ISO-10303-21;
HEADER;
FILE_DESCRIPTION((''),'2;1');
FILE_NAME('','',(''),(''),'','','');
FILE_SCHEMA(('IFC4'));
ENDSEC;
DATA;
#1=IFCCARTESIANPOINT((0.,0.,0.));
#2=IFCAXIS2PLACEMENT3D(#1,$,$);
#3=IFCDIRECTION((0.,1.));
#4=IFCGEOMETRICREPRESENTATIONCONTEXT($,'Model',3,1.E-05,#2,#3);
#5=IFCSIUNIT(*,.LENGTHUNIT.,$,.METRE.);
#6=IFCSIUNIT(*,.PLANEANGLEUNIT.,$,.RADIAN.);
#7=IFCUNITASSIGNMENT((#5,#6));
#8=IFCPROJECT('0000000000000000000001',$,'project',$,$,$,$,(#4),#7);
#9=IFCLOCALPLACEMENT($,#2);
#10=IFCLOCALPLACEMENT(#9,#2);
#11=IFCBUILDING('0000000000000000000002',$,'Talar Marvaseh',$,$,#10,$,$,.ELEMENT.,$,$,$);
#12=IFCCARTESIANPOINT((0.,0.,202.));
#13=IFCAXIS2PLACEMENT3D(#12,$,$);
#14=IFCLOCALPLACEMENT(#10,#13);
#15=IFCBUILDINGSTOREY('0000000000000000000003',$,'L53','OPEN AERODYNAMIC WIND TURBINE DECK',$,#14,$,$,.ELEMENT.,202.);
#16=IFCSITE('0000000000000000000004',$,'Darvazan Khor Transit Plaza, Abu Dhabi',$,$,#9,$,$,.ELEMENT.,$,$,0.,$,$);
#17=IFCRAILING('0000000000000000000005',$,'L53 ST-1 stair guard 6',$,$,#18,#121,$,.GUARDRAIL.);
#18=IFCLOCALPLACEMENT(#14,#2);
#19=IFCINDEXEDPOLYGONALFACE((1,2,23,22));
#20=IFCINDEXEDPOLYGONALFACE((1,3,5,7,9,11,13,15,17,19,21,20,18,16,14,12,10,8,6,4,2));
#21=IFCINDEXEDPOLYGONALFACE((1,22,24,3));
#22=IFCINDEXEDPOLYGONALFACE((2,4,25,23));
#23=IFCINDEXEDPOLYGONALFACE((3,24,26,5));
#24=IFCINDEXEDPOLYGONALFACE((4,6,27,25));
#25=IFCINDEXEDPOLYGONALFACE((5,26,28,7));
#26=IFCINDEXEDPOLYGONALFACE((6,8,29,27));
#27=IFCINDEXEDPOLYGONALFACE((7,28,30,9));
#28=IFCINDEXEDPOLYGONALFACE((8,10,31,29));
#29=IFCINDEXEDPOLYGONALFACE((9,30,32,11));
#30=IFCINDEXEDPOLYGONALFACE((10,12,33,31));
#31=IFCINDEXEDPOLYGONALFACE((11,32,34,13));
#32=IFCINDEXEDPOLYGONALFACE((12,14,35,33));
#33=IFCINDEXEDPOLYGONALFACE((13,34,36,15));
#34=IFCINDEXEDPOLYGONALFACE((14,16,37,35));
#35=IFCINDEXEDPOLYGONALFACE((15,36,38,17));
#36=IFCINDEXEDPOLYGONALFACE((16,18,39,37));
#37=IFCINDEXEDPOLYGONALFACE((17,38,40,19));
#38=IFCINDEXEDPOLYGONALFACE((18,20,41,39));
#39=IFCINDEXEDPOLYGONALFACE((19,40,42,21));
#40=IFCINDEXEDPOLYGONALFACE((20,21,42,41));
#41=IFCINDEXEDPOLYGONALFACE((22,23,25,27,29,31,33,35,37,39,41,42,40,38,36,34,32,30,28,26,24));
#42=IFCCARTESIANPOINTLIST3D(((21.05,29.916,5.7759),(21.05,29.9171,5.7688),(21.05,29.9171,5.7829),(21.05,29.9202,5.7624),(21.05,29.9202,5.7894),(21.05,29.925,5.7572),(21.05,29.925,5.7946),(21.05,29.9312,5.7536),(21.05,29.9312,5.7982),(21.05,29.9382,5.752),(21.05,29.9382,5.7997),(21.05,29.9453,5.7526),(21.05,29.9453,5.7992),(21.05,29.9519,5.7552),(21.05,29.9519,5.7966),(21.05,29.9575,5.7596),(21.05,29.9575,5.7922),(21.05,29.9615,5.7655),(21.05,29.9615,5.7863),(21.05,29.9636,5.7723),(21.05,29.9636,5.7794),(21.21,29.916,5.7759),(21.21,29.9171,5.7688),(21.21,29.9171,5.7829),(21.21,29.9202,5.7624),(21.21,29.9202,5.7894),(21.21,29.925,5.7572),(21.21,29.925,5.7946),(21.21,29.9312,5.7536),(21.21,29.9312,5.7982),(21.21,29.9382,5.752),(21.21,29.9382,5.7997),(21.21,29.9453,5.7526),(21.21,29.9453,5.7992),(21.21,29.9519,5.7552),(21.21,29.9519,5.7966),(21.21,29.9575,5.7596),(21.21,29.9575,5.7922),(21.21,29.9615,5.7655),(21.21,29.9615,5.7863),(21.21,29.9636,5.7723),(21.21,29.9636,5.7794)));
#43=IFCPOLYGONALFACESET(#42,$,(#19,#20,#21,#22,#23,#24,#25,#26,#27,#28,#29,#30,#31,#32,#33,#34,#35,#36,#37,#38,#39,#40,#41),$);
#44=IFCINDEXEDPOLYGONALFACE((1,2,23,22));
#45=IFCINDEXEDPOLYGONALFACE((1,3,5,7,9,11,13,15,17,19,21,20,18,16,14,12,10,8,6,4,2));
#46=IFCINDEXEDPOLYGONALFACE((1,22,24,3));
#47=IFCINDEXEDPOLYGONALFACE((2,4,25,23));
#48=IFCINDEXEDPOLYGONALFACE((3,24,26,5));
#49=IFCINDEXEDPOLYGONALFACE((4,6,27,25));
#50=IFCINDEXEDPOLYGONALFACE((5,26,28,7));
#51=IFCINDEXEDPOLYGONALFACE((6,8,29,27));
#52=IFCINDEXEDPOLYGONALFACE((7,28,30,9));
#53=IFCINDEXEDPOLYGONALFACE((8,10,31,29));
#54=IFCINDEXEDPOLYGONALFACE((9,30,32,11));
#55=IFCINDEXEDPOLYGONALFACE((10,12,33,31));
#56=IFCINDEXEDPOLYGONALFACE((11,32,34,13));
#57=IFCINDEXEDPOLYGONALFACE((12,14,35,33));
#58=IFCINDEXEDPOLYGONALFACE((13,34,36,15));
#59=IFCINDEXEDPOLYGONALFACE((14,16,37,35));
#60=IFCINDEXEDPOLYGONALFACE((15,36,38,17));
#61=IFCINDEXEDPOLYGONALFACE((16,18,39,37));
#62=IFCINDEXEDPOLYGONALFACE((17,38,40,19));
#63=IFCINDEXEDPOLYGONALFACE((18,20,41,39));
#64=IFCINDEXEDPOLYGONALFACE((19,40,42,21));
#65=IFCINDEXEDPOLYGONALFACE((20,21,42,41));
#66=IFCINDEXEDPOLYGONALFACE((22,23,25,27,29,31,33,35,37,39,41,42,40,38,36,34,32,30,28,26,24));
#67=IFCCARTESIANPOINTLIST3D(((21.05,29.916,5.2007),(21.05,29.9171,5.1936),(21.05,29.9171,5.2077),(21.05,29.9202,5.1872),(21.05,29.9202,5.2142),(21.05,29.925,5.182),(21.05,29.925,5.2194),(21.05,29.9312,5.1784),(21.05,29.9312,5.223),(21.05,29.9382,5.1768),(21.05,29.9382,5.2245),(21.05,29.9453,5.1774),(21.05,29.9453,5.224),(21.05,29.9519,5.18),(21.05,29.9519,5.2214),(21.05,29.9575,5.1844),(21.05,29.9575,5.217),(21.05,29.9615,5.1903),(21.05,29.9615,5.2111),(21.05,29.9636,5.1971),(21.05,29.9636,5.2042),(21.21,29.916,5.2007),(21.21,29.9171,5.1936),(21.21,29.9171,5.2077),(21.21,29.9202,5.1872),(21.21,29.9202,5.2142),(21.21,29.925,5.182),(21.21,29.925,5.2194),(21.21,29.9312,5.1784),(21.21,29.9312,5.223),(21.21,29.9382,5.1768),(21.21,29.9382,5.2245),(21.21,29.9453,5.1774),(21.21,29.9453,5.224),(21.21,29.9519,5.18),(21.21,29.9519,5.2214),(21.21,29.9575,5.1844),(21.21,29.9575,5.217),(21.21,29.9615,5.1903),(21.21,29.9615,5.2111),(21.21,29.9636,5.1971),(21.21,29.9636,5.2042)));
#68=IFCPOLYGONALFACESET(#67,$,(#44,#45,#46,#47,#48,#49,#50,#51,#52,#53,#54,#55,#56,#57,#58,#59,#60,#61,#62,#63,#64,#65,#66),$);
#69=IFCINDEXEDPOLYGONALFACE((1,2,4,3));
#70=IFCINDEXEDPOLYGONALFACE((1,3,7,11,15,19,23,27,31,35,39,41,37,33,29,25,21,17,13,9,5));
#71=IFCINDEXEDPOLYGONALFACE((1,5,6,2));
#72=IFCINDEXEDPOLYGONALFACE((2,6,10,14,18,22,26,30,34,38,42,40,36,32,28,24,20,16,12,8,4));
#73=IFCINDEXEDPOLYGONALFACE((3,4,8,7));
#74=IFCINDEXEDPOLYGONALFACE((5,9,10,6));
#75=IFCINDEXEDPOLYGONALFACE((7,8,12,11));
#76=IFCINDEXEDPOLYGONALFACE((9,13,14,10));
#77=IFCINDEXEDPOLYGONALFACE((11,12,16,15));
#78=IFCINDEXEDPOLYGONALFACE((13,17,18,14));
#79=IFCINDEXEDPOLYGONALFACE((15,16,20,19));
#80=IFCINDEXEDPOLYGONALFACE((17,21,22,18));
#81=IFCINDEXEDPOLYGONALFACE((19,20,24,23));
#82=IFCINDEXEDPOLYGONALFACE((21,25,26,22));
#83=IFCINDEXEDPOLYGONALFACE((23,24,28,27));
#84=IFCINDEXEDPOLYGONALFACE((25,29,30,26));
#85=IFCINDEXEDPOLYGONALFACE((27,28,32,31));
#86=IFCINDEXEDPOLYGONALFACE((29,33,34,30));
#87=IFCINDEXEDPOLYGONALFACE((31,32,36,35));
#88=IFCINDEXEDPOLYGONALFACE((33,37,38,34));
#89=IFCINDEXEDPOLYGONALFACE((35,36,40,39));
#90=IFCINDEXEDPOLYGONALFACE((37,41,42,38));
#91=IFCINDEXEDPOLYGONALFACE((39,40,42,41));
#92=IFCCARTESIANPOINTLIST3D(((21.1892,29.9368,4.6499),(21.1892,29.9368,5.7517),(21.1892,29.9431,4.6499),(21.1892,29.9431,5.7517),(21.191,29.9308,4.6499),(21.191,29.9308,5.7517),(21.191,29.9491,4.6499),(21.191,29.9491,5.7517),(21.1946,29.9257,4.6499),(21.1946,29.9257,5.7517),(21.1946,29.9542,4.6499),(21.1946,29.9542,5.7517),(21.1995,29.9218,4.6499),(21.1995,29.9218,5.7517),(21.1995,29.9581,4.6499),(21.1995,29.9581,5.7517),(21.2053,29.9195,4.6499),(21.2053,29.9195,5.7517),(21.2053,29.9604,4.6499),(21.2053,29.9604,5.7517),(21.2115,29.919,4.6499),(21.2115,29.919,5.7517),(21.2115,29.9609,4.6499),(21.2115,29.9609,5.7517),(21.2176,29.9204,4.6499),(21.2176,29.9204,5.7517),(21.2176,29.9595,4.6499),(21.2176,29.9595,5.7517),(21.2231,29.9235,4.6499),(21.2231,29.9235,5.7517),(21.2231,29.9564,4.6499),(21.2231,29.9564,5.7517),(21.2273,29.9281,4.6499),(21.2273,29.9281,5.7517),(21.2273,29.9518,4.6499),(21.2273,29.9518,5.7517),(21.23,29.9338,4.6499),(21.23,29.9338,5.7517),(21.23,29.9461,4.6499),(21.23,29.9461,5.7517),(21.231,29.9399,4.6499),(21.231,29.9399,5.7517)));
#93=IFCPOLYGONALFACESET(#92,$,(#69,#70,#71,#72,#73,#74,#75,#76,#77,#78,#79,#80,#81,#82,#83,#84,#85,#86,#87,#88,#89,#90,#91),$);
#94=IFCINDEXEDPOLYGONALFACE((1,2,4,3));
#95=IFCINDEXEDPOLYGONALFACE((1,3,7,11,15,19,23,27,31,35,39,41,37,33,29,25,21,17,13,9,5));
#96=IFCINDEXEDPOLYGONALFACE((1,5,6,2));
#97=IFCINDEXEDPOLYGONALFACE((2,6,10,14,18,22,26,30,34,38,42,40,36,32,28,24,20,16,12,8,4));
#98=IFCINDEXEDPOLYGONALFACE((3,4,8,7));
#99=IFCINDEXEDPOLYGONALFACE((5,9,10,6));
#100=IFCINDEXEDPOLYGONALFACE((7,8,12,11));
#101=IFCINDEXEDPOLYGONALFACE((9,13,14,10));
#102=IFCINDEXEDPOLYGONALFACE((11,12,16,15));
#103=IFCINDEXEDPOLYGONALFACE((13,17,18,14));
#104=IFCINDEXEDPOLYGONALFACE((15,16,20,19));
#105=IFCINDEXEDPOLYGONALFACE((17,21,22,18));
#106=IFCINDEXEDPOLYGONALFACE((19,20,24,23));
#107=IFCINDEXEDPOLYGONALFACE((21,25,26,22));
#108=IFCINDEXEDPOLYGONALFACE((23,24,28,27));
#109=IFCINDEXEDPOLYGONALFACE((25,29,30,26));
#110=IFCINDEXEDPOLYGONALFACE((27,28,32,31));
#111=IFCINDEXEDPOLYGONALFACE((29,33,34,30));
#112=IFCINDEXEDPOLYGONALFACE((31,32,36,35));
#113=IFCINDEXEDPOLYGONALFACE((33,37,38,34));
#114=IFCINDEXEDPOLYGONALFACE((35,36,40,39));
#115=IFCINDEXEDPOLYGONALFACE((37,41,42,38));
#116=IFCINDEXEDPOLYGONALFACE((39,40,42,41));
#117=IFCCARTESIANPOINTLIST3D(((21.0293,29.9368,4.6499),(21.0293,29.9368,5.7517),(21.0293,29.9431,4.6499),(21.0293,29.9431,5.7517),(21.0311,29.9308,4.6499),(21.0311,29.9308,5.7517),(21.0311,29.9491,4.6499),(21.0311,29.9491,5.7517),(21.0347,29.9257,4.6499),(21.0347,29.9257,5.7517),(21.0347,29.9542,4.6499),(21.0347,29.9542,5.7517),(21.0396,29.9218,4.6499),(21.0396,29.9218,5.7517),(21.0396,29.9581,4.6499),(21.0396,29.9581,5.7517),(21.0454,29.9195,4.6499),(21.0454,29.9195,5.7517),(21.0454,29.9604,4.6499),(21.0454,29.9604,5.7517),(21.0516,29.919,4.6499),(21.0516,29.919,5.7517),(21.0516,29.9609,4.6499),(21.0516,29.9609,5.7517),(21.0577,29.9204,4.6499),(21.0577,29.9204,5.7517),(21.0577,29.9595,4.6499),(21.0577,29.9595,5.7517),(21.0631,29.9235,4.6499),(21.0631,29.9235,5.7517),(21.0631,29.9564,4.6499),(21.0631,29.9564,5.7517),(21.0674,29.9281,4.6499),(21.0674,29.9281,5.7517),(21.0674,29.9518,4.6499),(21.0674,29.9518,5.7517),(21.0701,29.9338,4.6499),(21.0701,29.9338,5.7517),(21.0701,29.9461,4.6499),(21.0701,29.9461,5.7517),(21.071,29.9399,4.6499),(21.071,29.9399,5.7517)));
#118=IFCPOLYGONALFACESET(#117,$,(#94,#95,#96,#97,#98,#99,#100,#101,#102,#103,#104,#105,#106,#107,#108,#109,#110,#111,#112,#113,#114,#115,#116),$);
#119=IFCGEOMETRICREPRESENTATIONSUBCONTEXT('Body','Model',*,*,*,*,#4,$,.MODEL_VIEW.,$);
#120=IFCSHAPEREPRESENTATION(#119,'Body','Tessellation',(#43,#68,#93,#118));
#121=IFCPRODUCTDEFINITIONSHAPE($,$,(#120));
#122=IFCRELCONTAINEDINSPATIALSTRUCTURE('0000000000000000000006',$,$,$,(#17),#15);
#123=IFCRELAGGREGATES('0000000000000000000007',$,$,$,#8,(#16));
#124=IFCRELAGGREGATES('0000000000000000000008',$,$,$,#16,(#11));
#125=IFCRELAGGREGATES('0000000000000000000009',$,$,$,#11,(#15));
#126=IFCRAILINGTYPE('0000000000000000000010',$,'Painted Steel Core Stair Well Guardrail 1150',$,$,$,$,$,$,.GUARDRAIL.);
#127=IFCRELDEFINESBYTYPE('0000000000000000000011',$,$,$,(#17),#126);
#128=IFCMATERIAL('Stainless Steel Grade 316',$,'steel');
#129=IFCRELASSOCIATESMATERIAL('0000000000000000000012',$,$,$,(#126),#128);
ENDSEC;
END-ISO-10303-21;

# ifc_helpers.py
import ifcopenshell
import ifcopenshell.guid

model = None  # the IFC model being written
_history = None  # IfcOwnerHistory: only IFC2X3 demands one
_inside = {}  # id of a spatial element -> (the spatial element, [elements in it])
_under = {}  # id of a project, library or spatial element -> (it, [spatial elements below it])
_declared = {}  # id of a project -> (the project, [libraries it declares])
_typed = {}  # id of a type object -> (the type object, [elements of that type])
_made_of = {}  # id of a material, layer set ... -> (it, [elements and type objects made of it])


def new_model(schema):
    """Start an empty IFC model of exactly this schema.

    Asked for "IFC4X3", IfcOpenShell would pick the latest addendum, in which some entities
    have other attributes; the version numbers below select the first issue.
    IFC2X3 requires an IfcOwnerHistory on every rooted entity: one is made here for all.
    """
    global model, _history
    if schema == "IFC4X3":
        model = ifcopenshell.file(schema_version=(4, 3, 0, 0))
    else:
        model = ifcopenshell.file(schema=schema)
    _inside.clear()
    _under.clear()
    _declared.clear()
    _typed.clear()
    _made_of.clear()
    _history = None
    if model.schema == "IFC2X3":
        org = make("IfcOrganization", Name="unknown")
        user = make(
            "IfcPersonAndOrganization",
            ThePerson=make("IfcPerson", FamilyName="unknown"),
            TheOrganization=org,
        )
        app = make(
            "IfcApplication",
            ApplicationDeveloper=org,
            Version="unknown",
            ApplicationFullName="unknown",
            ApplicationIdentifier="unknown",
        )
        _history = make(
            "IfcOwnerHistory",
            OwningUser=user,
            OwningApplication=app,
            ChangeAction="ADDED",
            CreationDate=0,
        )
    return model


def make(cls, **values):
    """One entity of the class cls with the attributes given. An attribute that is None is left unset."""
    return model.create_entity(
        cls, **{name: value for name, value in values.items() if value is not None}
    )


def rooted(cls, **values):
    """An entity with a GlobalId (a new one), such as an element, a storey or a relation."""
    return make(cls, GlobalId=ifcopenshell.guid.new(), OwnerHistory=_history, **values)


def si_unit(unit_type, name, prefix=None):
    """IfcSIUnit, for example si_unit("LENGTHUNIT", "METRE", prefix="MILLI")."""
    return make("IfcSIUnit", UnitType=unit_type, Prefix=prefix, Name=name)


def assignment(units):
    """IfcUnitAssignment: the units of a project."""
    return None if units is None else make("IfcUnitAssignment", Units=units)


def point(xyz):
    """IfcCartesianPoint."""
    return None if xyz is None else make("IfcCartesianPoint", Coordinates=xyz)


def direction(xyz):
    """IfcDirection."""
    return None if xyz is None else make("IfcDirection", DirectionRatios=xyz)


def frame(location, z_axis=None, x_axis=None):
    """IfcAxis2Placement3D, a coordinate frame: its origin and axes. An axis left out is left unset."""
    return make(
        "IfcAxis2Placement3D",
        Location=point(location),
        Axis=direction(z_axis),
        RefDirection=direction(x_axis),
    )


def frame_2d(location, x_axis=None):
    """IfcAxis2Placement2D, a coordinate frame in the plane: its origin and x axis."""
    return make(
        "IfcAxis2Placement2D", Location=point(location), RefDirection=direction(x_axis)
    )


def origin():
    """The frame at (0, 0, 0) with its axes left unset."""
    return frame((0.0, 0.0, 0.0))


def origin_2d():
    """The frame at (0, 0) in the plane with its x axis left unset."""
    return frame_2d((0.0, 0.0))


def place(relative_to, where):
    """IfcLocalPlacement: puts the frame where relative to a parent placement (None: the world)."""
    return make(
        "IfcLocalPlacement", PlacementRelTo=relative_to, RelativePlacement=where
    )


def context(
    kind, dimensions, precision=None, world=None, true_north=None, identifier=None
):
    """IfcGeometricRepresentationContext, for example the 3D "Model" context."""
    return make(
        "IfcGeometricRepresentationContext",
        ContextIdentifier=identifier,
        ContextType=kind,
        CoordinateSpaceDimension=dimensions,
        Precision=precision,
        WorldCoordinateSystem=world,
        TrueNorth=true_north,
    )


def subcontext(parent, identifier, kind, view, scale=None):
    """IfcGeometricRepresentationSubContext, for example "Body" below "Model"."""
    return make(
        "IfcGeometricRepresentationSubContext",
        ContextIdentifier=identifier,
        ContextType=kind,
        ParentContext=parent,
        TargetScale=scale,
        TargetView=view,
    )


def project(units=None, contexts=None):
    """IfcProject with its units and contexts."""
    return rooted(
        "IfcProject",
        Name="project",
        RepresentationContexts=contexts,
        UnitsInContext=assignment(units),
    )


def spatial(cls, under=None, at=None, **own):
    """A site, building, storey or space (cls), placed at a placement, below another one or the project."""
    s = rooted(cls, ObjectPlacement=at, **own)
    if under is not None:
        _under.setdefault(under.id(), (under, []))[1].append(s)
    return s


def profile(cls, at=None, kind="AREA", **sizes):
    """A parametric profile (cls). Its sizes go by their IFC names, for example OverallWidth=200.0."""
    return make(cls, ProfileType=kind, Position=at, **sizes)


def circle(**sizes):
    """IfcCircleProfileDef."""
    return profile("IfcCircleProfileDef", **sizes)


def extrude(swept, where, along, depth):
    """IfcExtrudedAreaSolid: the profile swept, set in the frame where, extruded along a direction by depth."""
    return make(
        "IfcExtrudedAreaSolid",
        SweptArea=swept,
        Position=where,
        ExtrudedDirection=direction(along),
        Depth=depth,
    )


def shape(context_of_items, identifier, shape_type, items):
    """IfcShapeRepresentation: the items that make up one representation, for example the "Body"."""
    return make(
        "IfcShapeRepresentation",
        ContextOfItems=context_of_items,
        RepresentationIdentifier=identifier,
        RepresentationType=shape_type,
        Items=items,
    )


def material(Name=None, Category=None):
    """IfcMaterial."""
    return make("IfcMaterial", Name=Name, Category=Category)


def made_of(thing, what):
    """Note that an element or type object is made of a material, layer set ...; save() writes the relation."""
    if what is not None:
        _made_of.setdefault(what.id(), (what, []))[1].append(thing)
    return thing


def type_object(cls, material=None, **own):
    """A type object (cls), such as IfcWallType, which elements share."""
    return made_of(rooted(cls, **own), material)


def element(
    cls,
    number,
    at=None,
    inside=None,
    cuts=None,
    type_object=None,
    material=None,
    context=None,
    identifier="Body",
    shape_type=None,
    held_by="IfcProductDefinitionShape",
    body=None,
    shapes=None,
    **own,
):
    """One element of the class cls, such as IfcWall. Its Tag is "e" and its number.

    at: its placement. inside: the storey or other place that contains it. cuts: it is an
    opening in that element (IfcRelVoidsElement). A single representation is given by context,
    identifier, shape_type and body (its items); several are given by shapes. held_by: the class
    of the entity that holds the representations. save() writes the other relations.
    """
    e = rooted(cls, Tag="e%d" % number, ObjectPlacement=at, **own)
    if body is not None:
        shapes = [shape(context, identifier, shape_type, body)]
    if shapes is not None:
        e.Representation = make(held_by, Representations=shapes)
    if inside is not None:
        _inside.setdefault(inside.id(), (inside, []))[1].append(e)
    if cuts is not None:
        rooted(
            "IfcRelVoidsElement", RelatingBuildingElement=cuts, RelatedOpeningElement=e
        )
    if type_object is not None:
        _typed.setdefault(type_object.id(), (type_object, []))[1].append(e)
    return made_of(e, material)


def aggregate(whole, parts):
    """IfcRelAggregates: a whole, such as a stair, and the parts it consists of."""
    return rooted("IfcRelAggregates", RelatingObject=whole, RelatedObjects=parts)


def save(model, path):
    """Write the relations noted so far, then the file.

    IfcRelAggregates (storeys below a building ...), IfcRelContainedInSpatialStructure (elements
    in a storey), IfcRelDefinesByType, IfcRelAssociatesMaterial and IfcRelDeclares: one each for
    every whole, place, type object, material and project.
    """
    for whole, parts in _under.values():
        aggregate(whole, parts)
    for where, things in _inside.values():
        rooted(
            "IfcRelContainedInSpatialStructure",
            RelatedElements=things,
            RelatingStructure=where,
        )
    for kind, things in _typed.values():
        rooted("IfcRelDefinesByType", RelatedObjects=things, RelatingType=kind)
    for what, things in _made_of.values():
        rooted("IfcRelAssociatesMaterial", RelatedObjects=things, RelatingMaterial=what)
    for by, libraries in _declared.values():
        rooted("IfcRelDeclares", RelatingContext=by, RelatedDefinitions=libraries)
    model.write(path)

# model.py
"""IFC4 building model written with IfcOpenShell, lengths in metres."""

from ifc_helpers import new_model, si_unit, direction, frame, origin, origin_2d, place, context, subcontext, project, spatial, circle, extrude, material, type_object, element, save


model = new_model("IFC4")

# Units and contexts
model_context = context("Model", 3, precision=1e-05, world=origin(), true_north=direction((0.0, 1.0)))
body_context = subcontext(model_context, "Body", "Model", "MODEL_VIEW")
ifc_project = project(units=[si_unit("LENGTHUNIT", "METRE"), si_unit("PLANEANGLEUNIT", "RADIAN")], contexts=[model_context])

# Site, building, storey
site_placement = place(None, origin())
site = spatial("IfcSite", under=ifc_project, at=site_placement, Name="Darvazan Khor Transit Plaza, Abu Dhabi", CompositionType="ELEMENT", RefElevation=0.0)
building_placement = place(site_placement, origin())
building = spatial("IfcBuilding", under=site, at=building_placement, Name="Talar Marvaseh", CompositionType="ELEMENT")
storey_placement = place(building_placement, frame((0.0, 0.0, 202.0)))
storey = spatial("IfcBuildingStorey", under=building, at=storey_placement, Name="L53", Description="OPEN AERODYNAMIC WIND TURBINE DECK", CompositionType="ELEMENT", Elevation=202.0)

# Shared definitions
ifc_material_1 = material(Name="Stainless Steel Grade 316", Category="steel")

# Railing
railing_type_1 = type_object("IfcRailingType", Name="Painted Steel Core Stair Well Guardrail 1150", PredefinedType="GUARDRAIL", material=ifc_material_1)
railing_1_placement = place(storey_placement, frame((21.21, 29.9399, 4.6499)))
element("IfcRailing", 1, at=railing_1_placement, inside=storey, type_object=railing_type_1, Name="L53 ST-1 stair guard 6", PredefinedType="GUARDRAIL", context=body_context, shape_type="SweptSolid", body=[
    extrude(circle(Radius=0.0239, at=origin_2d()), frame((0.0, 0.0, 1.126), z_axis=(-1.0, 0.0, 0.0), x_axis=(0.0, -1.0, 0.0)), (0.0, 0.0, 1.0), 0.1599),
    extrude(circle(Radius=0.0239, at=origin_2d()), frame((0.0, 0.0, 0.5508), z_axis=(-1.0, 0.0, 0.0), x_axis=(0.0, -1.0, 0.0)), (0.0, 0.0, 1.0), 0.1599),
    extrude(circle(Radius=0.021, at=origin_2d()), origin(), (0.0, 0.0, 1.0), 1.1018),
    extrude(circle(Radius=0.021, at=origin_2d()), frame((-0.1599, 0.0, 0.0)), (0.0, 0.0, 1.0), 1.1018),
])

save(model, "model.ifc")
